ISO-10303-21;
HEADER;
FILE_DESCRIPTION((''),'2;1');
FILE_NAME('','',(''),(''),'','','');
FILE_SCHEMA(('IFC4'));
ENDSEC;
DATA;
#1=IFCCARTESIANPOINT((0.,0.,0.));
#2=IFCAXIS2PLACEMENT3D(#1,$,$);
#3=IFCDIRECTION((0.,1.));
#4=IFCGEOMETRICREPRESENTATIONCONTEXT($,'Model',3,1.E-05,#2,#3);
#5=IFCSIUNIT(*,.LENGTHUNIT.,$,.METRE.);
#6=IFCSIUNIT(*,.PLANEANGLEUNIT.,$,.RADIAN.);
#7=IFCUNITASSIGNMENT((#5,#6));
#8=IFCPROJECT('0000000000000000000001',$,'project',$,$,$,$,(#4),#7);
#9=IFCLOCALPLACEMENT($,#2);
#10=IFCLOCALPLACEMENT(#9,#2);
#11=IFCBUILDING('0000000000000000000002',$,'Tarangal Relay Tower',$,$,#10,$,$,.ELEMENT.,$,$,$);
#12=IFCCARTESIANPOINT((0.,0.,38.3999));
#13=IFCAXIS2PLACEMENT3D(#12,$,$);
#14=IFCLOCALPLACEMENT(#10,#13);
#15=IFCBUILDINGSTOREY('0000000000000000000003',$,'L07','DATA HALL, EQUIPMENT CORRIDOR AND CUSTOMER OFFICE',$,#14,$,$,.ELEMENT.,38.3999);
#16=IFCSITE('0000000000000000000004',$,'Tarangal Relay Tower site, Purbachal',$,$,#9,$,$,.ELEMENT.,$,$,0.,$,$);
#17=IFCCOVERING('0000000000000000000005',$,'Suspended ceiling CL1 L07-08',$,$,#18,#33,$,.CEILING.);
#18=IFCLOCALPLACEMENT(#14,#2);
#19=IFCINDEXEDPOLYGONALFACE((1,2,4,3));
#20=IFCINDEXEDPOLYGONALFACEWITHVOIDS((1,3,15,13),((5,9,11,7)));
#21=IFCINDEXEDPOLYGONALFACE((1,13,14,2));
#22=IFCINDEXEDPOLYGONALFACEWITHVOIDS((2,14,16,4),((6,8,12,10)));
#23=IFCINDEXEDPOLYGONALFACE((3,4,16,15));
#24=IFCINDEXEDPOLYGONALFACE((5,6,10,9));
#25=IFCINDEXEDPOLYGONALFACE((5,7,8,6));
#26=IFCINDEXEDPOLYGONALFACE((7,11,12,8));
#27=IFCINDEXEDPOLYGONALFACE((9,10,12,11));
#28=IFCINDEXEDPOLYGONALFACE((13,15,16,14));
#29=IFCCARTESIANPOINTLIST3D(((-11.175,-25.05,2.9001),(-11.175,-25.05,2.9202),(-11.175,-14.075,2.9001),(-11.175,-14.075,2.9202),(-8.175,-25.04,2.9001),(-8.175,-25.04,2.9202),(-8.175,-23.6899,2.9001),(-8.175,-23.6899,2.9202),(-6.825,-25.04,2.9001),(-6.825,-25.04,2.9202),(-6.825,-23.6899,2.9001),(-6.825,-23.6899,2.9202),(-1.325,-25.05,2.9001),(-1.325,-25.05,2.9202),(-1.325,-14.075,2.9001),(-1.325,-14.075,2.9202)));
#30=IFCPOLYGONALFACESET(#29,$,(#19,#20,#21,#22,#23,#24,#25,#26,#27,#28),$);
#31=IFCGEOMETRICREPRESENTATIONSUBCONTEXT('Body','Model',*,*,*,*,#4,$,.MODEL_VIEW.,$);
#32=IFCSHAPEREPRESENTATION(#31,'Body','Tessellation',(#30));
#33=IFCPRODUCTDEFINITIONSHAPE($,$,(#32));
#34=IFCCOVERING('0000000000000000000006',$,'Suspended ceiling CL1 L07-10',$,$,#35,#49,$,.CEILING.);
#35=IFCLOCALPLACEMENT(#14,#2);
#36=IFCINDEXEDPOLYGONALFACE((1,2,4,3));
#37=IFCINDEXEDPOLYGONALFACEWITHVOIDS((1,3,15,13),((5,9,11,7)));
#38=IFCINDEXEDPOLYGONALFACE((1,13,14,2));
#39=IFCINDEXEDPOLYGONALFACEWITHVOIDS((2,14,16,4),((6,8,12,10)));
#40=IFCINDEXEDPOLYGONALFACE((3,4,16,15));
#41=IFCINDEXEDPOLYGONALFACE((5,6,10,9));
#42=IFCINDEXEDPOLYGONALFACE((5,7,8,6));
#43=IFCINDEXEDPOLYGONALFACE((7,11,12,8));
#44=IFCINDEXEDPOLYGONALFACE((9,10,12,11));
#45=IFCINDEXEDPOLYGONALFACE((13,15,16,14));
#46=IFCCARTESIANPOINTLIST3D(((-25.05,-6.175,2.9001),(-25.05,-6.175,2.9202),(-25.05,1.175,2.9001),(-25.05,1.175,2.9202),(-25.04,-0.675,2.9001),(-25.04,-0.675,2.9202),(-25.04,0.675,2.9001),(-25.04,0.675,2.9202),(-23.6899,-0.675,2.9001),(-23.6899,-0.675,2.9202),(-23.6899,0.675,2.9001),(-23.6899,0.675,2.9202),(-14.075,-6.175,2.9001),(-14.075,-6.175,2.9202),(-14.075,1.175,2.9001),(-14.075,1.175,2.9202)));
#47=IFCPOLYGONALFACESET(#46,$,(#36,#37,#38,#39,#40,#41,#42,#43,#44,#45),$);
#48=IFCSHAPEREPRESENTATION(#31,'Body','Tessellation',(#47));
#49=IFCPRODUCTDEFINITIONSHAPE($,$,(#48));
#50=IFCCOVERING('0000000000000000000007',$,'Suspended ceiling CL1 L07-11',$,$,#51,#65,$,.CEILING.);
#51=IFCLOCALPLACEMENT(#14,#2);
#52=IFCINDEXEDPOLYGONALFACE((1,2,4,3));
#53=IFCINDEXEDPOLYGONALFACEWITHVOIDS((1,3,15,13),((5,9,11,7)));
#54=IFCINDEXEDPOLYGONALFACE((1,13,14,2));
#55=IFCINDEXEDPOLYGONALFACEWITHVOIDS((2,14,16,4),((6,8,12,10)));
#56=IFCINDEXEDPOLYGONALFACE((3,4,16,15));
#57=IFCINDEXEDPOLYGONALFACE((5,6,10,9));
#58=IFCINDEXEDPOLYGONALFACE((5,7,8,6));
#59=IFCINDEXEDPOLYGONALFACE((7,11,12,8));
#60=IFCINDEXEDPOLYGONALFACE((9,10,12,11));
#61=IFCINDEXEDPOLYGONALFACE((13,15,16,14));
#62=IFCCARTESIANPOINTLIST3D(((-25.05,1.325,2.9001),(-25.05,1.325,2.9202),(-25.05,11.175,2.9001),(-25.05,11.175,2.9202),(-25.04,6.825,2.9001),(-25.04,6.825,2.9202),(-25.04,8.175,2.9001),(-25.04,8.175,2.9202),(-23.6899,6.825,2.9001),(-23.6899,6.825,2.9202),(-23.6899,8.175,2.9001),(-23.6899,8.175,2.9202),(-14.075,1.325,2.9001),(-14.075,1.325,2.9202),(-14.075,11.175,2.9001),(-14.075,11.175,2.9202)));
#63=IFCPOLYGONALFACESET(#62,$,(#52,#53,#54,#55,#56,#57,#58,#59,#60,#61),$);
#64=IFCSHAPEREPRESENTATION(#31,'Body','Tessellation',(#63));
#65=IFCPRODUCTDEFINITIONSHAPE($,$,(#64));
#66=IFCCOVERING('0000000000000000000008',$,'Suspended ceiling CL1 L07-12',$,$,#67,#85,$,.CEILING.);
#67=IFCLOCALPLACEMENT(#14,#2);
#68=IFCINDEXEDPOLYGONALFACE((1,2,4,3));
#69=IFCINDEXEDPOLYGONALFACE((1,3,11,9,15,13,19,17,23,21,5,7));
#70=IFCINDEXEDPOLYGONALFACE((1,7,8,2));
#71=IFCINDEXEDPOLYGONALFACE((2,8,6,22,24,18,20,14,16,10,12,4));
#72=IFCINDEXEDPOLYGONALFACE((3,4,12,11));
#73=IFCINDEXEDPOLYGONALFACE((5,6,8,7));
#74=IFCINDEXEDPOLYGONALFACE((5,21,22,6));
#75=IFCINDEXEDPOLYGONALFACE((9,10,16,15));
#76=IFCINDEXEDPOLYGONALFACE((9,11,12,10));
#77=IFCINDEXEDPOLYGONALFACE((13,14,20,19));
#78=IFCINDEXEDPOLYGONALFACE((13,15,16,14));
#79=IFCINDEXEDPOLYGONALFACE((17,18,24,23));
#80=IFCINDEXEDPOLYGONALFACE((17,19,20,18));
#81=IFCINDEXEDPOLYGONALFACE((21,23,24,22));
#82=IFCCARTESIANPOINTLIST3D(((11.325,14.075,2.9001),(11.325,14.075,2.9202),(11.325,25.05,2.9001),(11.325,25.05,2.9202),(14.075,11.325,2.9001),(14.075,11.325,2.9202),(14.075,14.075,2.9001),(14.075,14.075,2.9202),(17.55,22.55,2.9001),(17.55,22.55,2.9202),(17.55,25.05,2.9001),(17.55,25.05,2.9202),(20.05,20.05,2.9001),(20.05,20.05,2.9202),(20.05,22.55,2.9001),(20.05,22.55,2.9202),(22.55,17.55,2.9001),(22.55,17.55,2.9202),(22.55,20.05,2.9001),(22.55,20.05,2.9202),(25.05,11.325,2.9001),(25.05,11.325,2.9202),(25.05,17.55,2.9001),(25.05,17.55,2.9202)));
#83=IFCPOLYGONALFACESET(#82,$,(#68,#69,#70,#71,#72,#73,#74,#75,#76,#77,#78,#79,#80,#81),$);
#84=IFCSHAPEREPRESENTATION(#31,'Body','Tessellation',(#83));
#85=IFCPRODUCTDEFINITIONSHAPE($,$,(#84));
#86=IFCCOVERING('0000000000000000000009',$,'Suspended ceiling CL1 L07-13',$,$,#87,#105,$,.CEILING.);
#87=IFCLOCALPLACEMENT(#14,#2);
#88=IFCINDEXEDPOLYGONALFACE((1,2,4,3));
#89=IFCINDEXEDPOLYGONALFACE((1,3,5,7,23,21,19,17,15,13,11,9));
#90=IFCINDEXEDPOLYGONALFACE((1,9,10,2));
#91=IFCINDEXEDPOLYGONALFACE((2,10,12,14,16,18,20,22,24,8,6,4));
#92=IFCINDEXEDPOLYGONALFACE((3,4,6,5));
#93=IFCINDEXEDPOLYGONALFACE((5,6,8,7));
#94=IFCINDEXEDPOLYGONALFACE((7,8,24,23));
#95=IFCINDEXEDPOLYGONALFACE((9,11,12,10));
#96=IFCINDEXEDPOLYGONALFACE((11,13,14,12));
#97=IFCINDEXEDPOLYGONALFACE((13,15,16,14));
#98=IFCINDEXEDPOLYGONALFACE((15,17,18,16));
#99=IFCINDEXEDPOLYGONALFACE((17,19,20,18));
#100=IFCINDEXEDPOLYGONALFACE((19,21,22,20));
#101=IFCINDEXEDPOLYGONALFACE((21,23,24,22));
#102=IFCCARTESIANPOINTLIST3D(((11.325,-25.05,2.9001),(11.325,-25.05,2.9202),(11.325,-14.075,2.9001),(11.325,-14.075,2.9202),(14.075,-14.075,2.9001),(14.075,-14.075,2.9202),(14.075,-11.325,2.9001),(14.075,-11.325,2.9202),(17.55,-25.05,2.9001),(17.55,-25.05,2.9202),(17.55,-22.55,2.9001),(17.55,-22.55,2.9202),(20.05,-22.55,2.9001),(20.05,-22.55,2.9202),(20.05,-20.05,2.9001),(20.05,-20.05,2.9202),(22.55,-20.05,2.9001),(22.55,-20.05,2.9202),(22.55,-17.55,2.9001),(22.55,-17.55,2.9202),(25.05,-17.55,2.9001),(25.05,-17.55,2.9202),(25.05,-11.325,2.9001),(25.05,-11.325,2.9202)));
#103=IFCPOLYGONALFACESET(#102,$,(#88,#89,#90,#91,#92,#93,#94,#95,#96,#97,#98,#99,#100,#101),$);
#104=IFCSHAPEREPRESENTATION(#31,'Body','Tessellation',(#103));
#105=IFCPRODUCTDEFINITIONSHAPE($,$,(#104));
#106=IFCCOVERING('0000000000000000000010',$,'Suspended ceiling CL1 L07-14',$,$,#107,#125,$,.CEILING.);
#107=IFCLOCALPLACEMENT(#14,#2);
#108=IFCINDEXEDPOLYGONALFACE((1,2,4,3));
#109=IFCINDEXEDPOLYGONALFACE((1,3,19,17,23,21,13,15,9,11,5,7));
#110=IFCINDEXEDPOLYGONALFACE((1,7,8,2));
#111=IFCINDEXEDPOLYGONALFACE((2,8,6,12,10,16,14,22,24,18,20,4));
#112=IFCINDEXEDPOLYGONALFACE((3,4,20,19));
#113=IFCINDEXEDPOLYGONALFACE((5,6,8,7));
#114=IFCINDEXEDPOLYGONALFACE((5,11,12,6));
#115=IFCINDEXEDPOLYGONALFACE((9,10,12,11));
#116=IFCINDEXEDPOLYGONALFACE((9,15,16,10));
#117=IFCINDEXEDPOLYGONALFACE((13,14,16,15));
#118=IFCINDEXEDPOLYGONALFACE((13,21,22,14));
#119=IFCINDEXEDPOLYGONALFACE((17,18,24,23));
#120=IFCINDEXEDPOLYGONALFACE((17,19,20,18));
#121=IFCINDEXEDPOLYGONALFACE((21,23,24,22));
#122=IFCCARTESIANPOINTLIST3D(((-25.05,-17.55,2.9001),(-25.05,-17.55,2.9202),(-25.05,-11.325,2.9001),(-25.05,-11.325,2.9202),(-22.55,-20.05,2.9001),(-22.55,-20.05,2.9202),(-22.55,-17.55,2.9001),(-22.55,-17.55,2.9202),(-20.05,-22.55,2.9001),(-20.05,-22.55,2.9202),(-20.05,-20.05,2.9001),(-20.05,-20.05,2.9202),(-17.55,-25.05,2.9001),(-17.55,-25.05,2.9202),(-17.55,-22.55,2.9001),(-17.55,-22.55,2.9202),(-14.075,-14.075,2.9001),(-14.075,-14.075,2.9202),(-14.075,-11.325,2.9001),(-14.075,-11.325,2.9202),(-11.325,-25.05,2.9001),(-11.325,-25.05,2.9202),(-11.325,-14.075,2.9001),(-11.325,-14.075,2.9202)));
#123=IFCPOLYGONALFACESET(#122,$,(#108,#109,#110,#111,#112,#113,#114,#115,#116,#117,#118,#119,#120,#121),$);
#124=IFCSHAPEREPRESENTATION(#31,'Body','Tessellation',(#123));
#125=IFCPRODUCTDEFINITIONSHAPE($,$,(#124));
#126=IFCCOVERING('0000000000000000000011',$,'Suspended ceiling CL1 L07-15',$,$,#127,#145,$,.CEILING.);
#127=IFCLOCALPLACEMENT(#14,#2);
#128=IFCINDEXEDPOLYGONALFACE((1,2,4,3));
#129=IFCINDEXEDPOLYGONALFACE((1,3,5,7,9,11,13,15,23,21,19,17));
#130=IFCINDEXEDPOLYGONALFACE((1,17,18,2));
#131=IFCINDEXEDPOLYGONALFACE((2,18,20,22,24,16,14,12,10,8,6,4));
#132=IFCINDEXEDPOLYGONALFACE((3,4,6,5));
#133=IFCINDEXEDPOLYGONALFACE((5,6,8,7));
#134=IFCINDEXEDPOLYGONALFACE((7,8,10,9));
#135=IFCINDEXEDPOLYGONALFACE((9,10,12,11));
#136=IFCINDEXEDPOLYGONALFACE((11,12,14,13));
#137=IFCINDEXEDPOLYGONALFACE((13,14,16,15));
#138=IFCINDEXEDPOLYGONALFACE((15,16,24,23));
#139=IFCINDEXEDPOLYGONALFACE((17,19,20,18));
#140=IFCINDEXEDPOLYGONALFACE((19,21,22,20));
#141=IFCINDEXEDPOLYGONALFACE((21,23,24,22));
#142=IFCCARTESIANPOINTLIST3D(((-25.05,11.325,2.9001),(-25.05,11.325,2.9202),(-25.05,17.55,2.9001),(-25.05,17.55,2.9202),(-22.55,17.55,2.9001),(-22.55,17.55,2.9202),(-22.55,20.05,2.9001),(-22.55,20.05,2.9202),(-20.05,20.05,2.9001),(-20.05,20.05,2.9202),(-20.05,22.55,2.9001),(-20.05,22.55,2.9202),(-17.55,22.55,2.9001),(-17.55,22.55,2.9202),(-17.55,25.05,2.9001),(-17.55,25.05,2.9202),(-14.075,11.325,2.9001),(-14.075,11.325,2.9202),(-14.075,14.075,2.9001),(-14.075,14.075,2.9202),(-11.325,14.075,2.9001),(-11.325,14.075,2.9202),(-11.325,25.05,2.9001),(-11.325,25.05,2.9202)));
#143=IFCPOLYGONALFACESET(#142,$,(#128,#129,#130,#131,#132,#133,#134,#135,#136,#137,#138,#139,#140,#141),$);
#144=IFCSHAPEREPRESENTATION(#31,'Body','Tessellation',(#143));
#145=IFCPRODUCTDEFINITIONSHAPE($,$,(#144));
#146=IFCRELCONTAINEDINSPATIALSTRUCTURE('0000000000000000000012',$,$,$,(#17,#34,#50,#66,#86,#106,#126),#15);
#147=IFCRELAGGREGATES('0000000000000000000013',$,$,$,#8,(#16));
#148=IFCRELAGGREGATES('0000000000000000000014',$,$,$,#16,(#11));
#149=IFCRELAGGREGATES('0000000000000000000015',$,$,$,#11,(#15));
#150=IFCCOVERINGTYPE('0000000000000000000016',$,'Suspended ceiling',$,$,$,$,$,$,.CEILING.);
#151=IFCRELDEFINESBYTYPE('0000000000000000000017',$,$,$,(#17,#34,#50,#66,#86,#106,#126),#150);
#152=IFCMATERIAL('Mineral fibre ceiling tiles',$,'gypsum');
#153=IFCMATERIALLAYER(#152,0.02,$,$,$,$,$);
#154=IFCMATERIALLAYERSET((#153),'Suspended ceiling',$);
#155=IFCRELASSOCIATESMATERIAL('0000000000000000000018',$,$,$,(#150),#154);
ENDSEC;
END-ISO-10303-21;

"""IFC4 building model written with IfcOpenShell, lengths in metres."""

from ifc_helpers import new_model, si_unit, direction, frame, origin, place, context, subcontext, project, spatial, polyline, outline, extrude, material, layer, layer_set, type_object, element, save


model = new_model("IFC4")

# Units and contexts
model_context = context("Model", 3, precision=1e-05, world=origin(), true_north=direction((0.0, 1.0)))
body_context = subcontext(model_context, "Body", "Model", "MODEL_VIEW")
ifc_project = project(units=[si_unit("LENGTHUNIT", "METRE"), si_unit("PLANEANGLEUNIT", "RADIAN")], contexts=[model_context])

# Site, building, storey
site_placement = place(None, origin())
site = spatial("IfcSite", under=ifc_project, at=site_placement, Name="Tarangal Relay Tower site, Purbachal", CompositionType="ELEMENT", RefElevation=0.0)
building_placement = place(site_placement, origin())
building = spatial("IfcBuilding", under=site, at=building_placement, Name="Tarangal Relay Tower", CompositionType="ELEMENT")
storey_placement = place(building_placement, frame((0.0, 0.0, 38.3999)))
storey = spatial("IfcBuildingStorey", under=building, at=storey_placement, Name="L07", Description="DATA HALL, EQUIPMENT CORRIDOR AND CUSTOMER OFFICE", CompositionType="ELEMENT", Elevation=38.3999)

# Coverings
ifc_material_1 = material(Name="Mineral fibre ceiling tiles", Category="gypsum")
ifc_layer_1 = layer(ifc_material_1, 0.02)
ifc_layer_set_1 = layer_set([ifc_layer_1], Name="Suspended ceiling")
covering_type_1 = type_object("IfcCoveringType", Name="Suspended ceiling", PredefinedType="CEILING", material=ifc_layer_set_1)
covering_1_placement = place(storey_placement, frame((0.0, 0.0, 2.9001)))
element("IfcCovering", 1, at=covering_1_placement, inside=storey, type_object=covering_type_1, Name="Suspended ceiling CL1 L07-08", PredefinedType="CEILING", context=body_context, shape_type="SweptSolid", body=[
    extrude(outline(polyline([(-11.175, -25.05), (-1.325, -25.05), (-1.325, -14.075), (-11.175, -14.075), (-11.175, -25.05)]), holes=[polyline([(-6.825, -23.6899), (-8.175, -23.6899), (-8.175, -25.04), (-6.825, -25.04), (-6.825, -23.6899)])]), origin(), (0.0, 0.0, 1.0), 0.02),
])
covering_2_placement = place(storey_placement, frame((0.0, 0.0, 2.9001)))
element("IfcCovering", 2, at=covering_2_placement, inside=storey, type_object=covering_type_1, Name="Suspended ceiling CL1 L07-10", PredefinedType="CEILING", context=body_context, shape_type="SweptSolid", body=[
    extrude(outline(polyline([(-25.05, 1.175), (-25.05, -6.175), (-14.075, -6.175), (-14.075, 1.175), (-25.05, 1.175)]), holes=[polyline([(-23.6899, 0.675), (-25.04, 0.675), (-25.04, -0.675), (-23.6899, -0.675), (-23.6899, 0.675)])]), origin(), (0.0, 0.0, 1.0), 0.02),
])
covering_3_placement = place(storey_placement, frame((0.0, 0.0, 2.9001)))
element("IfcCovering", 3, at=covering_3_placement, inside=storey, type_object=covering_type_1, Name="Suspended ceiling CL1 L07-11", PredefinedType="CEILING", context=body_context, shape_type="SweptSolid", body=[
    extrude(outline(polyline([(-25.05, 11.175), (-25.05, 1.325), (-14.075, 1.325), (-14.075, 11.175), (-25.05, 11.175)]), holes=[polyline([(-23.6899, 8.175), (-25.04, 8.175), (-25.04, 6.825), (-23.6899, 6.825), (-23.6899, 8.175)])]), origin(), (0.0, 0.0, 1.0), 0.02),
])
covering_4_placement = place(storey_placement, frame((0.0, 0.0, 2.9001)))
element("IfcCovering", 4, at=covering_4_placement, inside=storey, type_object=covering_type_1, Name="Suspended ceiling CL1 L07-12", PredefinedType="CEILING", context=body_context, shape_type="SweptSolid", body=[
    extrude(outline(polyline([(17.55, 25.05), (11.325, 25.05), (11.325, 14.075), (14.075, 14.075), (14.075, 11.325), (25.05, 11.325), (25.05, 17.55), (22.55, 17.55), (22.55, 20.05), (20.05, 20.05), (20.05, 22.55), (17.55, 22.55), (17.55, 25.05)])), origin(), (0.0, 0.0, 1.0), 0.02),
])
covering_5_placement = place(storey_placement, frame((0.0, 0.0, 2.9001)))
element("IfcCovering", 5, at=covering_5_placement, inside=storey, type_object=covering_type_1, Name="Suspended ceiling CL1 L07-13", PredefinedType="CEILING", context=body_context, shape_type="SweptSolid", body=[
    extrude(outline(polyline([(25.05, -17.55), (25.05, -11.325), (14.075, -11.325), (14.075, -14.075), (11.325, -14.075), (11.325, -25.05), (17.55, -25.05), (17.55, -22.55), (20.05, -22.55), (20.05, -20.05), (22.55, -20.05), (22.55, -17.55), (25.05, -17.55)])), origin(), (0.0, 0.0, 1.0), 0.02),
])
covering_6_placement = place(storey_placement, frame((0.0, 0.0, 2.9001)))
element("IfcCovering", 6, at=covering_6_placement, inside=storey, type_object=covering_type_1, Name="Suspended ceiling CL1 L07-14", PredefinedType="CEILING", context=body_context, shape_type="SweptSolid", body=[
    extrude(outline(polyline([(-17.55, -22.55), (-17.55, -25.05), (-11.325, -25.05), (-11.325, -14.075), (-14.075, -14.075), (-14.075, -11.325), (-25.05, -11.325), (-25.05, -17.55), (-22.55, -17.55), (-22.55, -20.05), (-20.05, -20.05), (-20.05, -22.55), (-17.55, -22.55)])), origin(), (0.0, 0.0, 1.0), 0.02),
])
covering_7_placement = place(storey_placement, frame((0.0, 0.0, 2.9001)))
element("IfcCovering", 7, at=covering_7_placement, inside=storey, type_object=covering_type_1, Name="Suspended ceiling CL1 L07-15", PredefinedType="CEILING", context=body_context, shape_type="SweptSolid", body=[
    extrude(outline(polyline([(-22.55, 17.55), (-25.05, 17.55), (-25.05, 11.325), (-14.075, 11.325), (-14.075, 14.075), (-11.325, 14.075), (-11.325, 25.05), (-17.55, 25.05), (-17.55, 22.55), (-20.05, 22.55), (-20.05, 20.05), (-22.55, 20.05), (-22.55, 17.55)])), origin(), (0.0, 0.0, 1.0), 0.02),
])

save(model, "model.ifc")
